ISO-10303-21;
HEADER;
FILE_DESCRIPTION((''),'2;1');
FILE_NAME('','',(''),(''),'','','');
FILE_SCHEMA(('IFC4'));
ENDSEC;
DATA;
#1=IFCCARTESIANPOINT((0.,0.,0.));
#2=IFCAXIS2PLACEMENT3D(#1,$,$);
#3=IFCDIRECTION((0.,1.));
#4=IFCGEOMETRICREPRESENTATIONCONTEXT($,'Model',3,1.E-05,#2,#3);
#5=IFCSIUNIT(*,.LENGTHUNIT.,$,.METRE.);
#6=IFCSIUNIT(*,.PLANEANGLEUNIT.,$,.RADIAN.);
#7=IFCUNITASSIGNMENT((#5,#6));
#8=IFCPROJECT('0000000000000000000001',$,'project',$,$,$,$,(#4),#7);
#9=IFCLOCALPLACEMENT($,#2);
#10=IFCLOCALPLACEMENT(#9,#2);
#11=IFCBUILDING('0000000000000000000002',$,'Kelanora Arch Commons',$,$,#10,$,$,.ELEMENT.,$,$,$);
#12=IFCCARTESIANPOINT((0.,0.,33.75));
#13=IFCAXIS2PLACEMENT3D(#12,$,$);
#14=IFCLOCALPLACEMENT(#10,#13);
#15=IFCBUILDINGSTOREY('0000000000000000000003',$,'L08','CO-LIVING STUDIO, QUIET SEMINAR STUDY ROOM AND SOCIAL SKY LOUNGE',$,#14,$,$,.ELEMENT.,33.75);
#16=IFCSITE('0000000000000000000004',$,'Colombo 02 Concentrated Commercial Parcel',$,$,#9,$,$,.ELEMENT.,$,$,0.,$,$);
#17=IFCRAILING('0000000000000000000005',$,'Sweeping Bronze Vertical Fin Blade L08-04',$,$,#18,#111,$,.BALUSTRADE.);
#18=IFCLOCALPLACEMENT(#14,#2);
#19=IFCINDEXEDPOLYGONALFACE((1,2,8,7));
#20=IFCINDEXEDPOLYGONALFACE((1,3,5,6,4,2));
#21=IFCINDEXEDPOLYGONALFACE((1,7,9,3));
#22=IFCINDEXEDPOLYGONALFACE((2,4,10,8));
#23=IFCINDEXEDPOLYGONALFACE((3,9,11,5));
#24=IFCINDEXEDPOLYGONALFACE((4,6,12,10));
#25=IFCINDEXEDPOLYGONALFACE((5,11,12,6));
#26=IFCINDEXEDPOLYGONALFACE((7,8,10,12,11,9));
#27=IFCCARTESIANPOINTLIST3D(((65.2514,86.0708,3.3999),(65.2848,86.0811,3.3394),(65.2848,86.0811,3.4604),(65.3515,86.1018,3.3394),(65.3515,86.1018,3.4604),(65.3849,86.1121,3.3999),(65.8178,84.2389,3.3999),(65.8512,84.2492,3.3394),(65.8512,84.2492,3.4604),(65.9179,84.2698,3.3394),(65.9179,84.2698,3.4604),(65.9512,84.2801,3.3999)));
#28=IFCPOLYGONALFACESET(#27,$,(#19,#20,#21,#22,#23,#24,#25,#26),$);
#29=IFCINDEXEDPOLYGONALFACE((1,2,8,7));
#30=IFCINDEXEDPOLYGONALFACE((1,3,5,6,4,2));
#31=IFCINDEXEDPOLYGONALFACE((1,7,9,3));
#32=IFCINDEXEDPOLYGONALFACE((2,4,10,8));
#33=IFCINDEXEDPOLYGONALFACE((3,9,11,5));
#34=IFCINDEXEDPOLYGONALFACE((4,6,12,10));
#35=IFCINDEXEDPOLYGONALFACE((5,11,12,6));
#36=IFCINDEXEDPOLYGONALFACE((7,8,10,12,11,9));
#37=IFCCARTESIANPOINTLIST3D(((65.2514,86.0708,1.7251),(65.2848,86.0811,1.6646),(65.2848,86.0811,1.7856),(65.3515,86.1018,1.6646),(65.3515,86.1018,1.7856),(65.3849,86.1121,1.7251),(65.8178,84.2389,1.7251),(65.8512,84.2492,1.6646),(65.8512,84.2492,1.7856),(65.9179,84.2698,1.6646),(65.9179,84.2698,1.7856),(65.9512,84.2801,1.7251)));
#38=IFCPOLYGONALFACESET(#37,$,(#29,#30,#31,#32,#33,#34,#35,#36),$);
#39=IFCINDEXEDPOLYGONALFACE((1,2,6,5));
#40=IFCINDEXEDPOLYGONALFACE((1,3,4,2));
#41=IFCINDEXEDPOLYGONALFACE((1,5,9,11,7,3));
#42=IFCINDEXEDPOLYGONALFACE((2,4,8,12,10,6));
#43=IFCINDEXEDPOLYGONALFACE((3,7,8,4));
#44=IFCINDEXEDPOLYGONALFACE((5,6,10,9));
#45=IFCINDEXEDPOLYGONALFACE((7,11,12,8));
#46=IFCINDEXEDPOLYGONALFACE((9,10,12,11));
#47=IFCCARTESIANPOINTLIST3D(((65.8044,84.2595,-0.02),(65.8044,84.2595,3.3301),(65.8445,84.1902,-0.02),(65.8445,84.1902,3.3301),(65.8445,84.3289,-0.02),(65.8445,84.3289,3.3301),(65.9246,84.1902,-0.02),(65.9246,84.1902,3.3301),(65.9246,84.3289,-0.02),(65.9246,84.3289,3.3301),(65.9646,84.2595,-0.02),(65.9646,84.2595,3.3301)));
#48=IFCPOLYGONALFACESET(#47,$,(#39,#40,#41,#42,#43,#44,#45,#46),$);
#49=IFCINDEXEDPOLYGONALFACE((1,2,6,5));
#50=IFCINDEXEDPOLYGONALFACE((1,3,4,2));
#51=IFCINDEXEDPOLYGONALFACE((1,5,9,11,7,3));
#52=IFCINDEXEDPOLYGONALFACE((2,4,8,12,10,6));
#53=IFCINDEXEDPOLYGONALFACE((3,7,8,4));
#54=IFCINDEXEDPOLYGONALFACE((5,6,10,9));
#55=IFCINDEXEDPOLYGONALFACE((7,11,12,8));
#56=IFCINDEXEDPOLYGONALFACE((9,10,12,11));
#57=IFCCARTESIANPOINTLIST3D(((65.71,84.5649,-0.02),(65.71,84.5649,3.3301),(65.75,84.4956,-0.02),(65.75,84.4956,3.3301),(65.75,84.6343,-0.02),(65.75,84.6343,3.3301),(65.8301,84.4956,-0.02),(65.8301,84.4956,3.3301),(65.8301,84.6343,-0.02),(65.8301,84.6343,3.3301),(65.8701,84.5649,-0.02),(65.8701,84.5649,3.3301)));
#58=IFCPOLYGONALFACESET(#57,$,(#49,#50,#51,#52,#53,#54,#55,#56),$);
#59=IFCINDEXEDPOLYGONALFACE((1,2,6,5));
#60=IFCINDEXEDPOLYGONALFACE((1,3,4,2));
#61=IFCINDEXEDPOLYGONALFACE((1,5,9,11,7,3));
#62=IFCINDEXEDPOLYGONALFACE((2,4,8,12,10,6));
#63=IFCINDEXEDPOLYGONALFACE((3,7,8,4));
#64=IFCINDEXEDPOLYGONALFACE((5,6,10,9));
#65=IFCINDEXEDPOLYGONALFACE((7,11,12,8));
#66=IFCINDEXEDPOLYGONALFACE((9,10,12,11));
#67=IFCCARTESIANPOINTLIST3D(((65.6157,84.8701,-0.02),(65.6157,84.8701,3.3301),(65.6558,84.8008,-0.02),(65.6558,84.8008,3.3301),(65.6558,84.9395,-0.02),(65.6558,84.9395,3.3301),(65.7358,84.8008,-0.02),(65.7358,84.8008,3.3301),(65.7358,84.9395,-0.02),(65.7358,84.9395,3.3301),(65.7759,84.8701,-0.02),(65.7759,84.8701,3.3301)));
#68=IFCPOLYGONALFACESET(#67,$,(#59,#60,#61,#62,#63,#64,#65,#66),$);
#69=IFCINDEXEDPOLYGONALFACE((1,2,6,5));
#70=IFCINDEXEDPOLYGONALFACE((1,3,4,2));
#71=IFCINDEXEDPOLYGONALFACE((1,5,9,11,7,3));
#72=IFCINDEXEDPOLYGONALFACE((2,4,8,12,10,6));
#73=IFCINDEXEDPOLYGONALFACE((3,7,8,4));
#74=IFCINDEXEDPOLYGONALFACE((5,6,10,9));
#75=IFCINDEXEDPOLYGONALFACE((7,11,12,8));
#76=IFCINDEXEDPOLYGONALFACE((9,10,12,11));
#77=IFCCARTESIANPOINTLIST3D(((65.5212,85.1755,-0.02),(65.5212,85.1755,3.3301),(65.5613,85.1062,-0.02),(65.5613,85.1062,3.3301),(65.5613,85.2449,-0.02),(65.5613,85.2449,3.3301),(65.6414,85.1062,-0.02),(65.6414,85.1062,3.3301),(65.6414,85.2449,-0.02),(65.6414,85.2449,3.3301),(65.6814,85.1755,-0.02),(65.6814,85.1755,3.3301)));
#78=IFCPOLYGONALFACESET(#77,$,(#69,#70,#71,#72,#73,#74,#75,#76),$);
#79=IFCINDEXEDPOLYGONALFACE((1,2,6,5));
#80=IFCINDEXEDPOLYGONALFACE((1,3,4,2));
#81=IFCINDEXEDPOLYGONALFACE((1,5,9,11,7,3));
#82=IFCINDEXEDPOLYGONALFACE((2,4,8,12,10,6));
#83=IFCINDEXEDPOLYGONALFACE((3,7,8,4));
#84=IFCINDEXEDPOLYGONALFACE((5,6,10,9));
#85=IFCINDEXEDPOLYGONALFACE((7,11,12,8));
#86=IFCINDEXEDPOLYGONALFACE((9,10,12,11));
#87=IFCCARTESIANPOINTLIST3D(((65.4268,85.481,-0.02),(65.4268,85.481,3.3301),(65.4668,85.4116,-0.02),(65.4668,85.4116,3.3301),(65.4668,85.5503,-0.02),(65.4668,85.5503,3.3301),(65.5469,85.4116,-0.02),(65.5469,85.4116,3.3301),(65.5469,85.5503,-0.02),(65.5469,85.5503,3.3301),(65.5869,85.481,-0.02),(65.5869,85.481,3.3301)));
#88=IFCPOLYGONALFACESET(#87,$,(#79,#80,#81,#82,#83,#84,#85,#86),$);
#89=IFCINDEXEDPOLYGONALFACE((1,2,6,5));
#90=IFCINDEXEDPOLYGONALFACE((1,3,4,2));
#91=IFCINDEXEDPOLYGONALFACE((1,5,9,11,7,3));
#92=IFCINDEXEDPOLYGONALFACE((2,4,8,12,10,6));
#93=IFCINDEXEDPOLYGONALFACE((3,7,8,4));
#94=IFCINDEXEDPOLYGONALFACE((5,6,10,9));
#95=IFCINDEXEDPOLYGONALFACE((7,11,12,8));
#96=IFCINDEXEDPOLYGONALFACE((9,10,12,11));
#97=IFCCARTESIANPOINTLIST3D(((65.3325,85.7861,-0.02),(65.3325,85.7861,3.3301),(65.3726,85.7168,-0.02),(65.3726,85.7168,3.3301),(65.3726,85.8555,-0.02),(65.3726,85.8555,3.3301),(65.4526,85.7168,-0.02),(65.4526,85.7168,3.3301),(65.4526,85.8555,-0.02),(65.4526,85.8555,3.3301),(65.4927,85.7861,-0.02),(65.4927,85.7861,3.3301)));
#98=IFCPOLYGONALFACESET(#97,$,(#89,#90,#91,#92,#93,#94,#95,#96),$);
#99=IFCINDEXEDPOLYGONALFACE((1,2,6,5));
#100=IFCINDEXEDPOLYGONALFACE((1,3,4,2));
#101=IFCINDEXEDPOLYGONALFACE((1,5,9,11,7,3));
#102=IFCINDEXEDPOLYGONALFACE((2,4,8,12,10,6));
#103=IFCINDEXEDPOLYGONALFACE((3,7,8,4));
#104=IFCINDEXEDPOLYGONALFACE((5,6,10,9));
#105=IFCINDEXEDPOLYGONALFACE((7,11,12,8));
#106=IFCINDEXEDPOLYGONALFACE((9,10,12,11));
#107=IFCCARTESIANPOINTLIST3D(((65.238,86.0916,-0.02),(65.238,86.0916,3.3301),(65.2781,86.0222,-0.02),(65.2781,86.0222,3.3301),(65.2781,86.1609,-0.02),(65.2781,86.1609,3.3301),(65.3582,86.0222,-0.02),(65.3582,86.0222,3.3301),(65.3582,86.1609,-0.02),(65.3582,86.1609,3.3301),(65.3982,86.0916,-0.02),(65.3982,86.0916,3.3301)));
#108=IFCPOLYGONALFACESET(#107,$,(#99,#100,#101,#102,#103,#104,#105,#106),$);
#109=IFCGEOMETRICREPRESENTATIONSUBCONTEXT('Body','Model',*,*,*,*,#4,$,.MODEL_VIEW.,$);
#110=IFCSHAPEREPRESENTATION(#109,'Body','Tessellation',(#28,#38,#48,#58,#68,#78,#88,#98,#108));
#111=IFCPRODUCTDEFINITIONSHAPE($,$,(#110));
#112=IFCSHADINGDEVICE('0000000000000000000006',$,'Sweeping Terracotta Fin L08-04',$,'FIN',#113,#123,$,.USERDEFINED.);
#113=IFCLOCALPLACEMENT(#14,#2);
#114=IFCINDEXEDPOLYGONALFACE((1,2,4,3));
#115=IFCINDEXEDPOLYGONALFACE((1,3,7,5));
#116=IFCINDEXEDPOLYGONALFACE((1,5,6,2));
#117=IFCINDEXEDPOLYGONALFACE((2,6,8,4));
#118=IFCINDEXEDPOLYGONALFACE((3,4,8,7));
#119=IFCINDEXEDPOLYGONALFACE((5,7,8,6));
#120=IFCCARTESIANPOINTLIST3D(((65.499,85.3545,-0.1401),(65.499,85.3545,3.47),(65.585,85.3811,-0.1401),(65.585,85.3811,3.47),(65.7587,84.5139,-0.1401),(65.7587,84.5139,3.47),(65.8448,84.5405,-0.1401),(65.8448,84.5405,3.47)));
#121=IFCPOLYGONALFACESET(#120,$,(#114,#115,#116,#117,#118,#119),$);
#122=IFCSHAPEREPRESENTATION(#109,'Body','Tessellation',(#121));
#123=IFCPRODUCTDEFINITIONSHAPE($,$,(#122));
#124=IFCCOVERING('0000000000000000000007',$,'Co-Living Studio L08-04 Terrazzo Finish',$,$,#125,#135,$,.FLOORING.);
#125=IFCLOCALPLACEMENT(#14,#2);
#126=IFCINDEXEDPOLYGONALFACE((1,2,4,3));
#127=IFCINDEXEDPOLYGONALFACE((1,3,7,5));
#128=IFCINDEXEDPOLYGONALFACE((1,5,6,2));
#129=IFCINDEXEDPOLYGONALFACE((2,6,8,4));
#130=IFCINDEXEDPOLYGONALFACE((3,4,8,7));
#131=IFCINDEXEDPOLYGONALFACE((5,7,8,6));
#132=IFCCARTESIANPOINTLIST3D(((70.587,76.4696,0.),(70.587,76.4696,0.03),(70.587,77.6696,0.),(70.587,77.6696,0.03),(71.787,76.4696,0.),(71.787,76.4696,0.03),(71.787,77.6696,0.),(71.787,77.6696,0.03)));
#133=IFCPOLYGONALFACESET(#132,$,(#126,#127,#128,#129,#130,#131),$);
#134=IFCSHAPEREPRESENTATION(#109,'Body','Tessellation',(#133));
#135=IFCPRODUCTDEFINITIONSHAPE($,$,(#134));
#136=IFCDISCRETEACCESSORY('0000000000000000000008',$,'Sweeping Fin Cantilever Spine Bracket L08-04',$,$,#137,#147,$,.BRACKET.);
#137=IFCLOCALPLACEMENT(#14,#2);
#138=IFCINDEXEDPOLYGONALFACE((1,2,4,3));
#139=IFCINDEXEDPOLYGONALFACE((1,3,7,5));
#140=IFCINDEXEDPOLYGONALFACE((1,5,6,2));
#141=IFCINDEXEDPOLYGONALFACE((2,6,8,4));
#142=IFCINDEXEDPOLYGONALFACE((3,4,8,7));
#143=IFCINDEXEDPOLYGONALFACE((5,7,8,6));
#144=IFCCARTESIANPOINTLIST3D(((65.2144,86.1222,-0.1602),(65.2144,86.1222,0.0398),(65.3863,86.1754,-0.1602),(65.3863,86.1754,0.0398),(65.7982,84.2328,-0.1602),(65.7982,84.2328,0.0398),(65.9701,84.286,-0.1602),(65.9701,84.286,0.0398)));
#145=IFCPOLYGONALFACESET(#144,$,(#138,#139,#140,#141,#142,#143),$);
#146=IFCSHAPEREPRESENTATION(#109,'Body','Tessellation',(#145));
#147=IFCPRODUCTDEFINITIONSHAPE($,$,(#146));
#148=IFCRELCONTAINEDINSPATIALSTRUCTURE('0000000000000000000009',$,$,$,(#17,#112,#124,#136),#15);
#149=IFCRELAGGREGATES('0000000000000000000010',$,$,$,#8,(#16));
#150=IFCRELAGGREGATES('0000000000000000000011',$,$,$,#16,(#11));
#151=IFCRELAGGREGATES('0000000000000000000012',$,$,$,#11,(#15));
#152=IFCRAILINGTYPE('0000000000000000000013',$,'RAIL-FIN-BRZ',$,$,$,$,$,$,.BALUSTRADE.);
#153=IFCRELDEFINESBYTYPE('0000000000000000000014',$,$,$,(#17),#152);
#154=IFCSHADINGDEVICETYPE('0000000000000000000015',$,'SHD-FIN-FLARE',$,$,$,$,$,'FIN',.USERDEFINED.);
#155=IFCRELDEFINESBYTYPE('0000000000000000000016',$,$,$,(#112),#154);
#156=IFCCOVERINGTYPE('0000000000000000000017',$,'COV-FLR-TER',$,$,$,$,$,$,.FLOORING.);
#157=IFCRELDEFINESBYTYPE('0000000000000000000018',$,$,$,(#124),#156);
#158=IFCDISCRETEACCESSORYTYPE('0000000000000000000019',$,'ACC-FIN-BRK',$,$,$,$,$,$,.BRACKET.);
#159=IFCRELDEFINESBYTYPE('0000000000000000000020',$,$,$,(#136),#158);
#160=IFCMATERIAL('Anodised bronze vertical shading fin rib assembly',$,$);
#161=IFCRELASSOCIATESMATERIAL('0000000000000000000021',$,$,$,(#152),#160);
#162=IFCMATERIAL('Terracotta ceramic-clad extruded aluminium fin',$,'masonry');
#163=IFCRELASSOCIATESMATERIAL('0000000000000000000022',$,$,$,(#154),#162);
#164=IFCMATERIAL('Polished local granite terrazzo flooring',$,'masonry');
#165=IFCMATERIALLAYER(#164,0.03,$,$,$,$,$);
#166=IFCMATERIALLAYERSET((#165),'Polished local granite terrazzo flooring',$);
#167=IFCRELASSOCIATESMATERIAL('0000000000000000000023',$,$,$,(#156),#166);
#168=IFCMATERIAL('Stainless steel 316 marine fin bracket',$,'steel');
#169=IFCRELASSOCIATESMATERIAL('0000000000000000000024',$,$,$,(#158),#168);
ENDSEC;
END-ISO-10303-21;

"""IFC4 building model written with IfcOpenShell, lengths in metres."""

from ifc_helpers import new_model, si_unit, direction, frame, origin, origin_2d, place, context, subcontext, project, spatial, polyline, rectangle, outline, extrude, source, transform, mapped, material, layer, layer_set, type_object, element, save


model = new_model("IFC4")

# Units and contexts
model_context = context("Model", 3, precision=1e-05, world=origin(), true_north=direction((0.0, 1.0)))
body_context = subcontext(model_context, "Body", "Model", "MODEL_VIEW")
ifc_project = project(units=[si_unit("LENGTHUNIT", "METRE"), si_unit("PLANEANGLEUNIT", "RADIAN")], contexts=[model_context])

# Site, building, storey
site_placement = place(None, origin())
site = spatial("IfcSite", under=ifc_project, at=site_placement, Name="Colombo 02 Concentrated Commercial Parcel", CompositionType="ELEMENT", RefElevation=0.0)
building_placement = place(site_placement, origin())
building = spatial("IfcBuilding", under=site, at=building_placement, Name="Kelanora Arch Commons", CompositionType="ELEMENT")
storey_placement = place(building_placement, frame((0.0, 0.0, 33.75)))
storey = spatial("IfcBuildingStorey", under=building, at=storey_placement, Name="L08", Description="CO-LIVING STUDIO, QUIET SEMINAR STUDY ROOM AND SOCIAL SKY LOUNGE", CompositionType="ELEMENT", Elevation=33.75)

# Railing
ifc_material_1 = material(Name="Anodised bronze vertical shading fin rib assembly")
railing_type = type_object("IfcRailingType", Name="RAIL-FIN-BRZ", PredefinedType="BALUSTRADE", material=ifc_material_1)
railing_placement = place(storey_placement, frame((65.8845, 84.2595, -0.02)))
element("IfcRailing", 1, at=railing_placement, inside=storey, type_object=railing_type, Name="Sweeping Bronze Vertical Fin Blade L08-04", PredefinedType="BALUSTRADE", context=body_context, shape_type="SweptSolid", body=[
    extrude(outline(polyline([(0.0698, 0.0), (0.0349, 0.0605), (-0.0349, 0.0605), (-0.0698, 0.0), (-0.0349, -0.0605), (0.0349, -0.0605), (0.0698, 0.0)])), frame((0.0, 0.0, 3.4199), z_axis=(-0.295374, 0.955382, 0.0), x_axis=(-0.955382, -0.295374, 0.0)), (0.0, 0.0, 1.0), 1.9175),
    extrude(outline(polyline([(0.0698, 0.0), (0.0349, 0.0605), (-0.0349, 0.0605), (-0.0698, 0.0), (-0.0349, -0.0605), (0.0349, -0.0605), (0.0698, 0.0)])), frame((0.0, 0.0, 1.7451), z_axis=(-0.295374, 0.955382, 0.0), x_axis=(-0.955382, -0.295374, 0.0)), (0.0, 0.0, 1.0), 1.9175),
    extrude(outline(polyline([(0.0801, 0.0), (0.04, 0.0693), (-0.04, 0.0693), (-0.0801, 0.0), (-0.04, -0.0693), (0.04, -0.0693), (0.0801, 0.0)])), origin(), (0.0, 0.0, 1.0), 3.3501),
    extrude(outline(polyline([(0.0801, 0.0), (0.04, 0.0693), (-0.04, 0.0693), (-0.0801, 0.0), (-0.04, -0.0693), (0.04, -0.0693), (0.0801, 0.0)])), frame((-0.0945, 0.3054, 0.0)), (0.0, 0.0, 1.0), 3.3501),
    extrude(outline(polyline([(0.0801, 0.0), (0.04, 0.0693), (-0.04, 0.0693), (-0.0801, 0.0), (-0.04, -0.0693), (0.04, -0.0693), (0.0801, 0.0)])), frame((-0.1887, 0.6106, 0.0)), (0.0, 0.0, 1.0), 3.3501),
    extrude(outline(polyline([(0.0801, 0.0), (0.04, 0.0693), (-0.04, 0.0693), (-0.0801, 0.0), (-0.04, -0.0693), (0.04, -0.0693), (0.0801, 0.0)])), frame((-0.2832, 0.916, 0.0)), (0.0, 0.0, 1.0), 3.3501),
    extrude(outline(polyline([(0.0801, 0.0), (0.04, 0.0693), (-0.04, 0.0693), (-0.0801, 0.0), (-0.04, -0.0693), (0.04, -0.0693), (0.0801, 0.0)])), frame((-0.3777, 1.2214, 0.0)), (0.0, 0.0, 1.0), 3.3501),
    extrude(outline(polyline([(0.0801, 0.0), (0.04, 0.0693), (-0.04, 0.0693), (-0.0801, 0.0), (-0.04, -0.0693), (0.04, -0.0693), (0.0801, 0.0)])), frame((-0.4719, 1.5266, 0.0)), (0.0, 0.0, 1.0), 3.3501),
    extrude(outline(polyline([(0.0801, 0.0), (0.04, 0.0693), (-0.04, 0.0693), (-0.0801, 0.0), (-0.04, -0.0693), (0.04, -0.0693), (0.0801, 0.0)])), frame((-0.5664, 1.832, 0.0)), (0.0, 0.0, 1.0), 3.3501),
])

# Shading device
ifc_material_2 = material(Name="Terracotta ceramic-clad extruded aluminium fin", Category="masonry")
shading_device_type = type_object("IfcShadingDeviceType", Name="SHD-FIN-FLARE", ElementType="FIN", PredefinedType="USERDEFINED", material=ifc_material_2)
shared_shape_1 = source(origin(), body_context, "Body", "SweptSolid", [
    extrude(rectangle(XDim=0.8799, YDim=0.0901, at=origin_2d()), origin(), (0.0, 0.0, 1.0), 3.6101),
])
shading_device_placement = place(storey_placement, frame((65.6719, 84.9475, -0.1401), z_axis=(0.0, 0.0, 1.0), x_axis=(-0.295208, 0.955433, 0.0)))
element("IfcShadingDevice", 2, at=shading_device_placement, inside=storey, type_object=shading_device_type, Name="Sweeping Terracotta Fin L08-04", ObjectType="FIN", PredefinedType="USERDEFINED", context=body_context, shape_type="MappedRepresentation", body=[
    mapped(shared_shape_1, transform((0.0, 0.0, 0.0), scale=1.0)),
])

# Covering
ifc_material_3 = material(Name="Polished local granite terrazzo flooring", Category="masonry")
ifc_layer_1 = layer(ifc_material_3, 0.03)
ifc_layer_set_1 = layer_set([ifc_layer_1], Name="Polished local granite terrazzo flooring")
covering_type = type_object("IfcCoveringType", Name="COV-FLR-TER", PredefinedType="FLOORING", material=ifc_layer_set_1)
shared_shape_2 = source(origin(), body_context, "Body", "SweptSolid", [
    extrude(rectangle(XDim=1.2, YDim=1.2, at=origin_2d()), origin(), (0.0, 0.0, 1.0), 0.03),
])
covering_placement = place(storey_placement, frame((71.187, 77.0696, 0.0), z_axis=(0.0, 0.0, 1.0), x_axis=(1.0, 0.0, 0.0)))
element("IfcCovering", 3, at=covering_placement, inside=storey, type_object=covering_type, Name="Co-Living Studio L08-04 Terrazzo Finish", PredefinedType="FLOORING", context=body_context, shape_type="MappedRepresentation", body=[
    mapped(shared_shape_2, transform((0.0, 0.0, 0.0), scale=1.0)),
])

# Discrete accessory
ifc_material_4 = material(Name="Stainless steel 316 marine fin bracket", Category="steel")
discrete_accessory_type = type_object("IfcDiscreteAccessoryType", Name="ACC-FIN-BRK", PredefinedType="BRACKET", material=ifc_material_4)
shared_shape_3 = source(origin(), body_context, "Body", "SweptSolid", [
    extrude(rectangle(XDim=1.9775, YDim=0.1799, at=origin_2d()), origin(), (0.0, 0.0, 1.0), 0.2),
])
discrete_accessory_placement = place(storey_placement, frame((65.5923, 85.2041, -0.1602), z_axis=(0.0, 0.0, 1.0), x_axis=(-0.295208, 0.955433, 0.0)))
element("IfcDiscreteAccessory", 4, at=discrete_accessory_placement, inside=storey, type_object=discrete_accessory_type, Name="Sweeping Fin Cantilever Spine Bracket L08-04", PredefinedType="BRACKET", context=body_context, shape_type="MappedRepresentation", body=[
    mapped(shared_shape_3, transform((0.0, 0.0, 0.0), scale=1.0)),
])

save(model, "model.ifc")
